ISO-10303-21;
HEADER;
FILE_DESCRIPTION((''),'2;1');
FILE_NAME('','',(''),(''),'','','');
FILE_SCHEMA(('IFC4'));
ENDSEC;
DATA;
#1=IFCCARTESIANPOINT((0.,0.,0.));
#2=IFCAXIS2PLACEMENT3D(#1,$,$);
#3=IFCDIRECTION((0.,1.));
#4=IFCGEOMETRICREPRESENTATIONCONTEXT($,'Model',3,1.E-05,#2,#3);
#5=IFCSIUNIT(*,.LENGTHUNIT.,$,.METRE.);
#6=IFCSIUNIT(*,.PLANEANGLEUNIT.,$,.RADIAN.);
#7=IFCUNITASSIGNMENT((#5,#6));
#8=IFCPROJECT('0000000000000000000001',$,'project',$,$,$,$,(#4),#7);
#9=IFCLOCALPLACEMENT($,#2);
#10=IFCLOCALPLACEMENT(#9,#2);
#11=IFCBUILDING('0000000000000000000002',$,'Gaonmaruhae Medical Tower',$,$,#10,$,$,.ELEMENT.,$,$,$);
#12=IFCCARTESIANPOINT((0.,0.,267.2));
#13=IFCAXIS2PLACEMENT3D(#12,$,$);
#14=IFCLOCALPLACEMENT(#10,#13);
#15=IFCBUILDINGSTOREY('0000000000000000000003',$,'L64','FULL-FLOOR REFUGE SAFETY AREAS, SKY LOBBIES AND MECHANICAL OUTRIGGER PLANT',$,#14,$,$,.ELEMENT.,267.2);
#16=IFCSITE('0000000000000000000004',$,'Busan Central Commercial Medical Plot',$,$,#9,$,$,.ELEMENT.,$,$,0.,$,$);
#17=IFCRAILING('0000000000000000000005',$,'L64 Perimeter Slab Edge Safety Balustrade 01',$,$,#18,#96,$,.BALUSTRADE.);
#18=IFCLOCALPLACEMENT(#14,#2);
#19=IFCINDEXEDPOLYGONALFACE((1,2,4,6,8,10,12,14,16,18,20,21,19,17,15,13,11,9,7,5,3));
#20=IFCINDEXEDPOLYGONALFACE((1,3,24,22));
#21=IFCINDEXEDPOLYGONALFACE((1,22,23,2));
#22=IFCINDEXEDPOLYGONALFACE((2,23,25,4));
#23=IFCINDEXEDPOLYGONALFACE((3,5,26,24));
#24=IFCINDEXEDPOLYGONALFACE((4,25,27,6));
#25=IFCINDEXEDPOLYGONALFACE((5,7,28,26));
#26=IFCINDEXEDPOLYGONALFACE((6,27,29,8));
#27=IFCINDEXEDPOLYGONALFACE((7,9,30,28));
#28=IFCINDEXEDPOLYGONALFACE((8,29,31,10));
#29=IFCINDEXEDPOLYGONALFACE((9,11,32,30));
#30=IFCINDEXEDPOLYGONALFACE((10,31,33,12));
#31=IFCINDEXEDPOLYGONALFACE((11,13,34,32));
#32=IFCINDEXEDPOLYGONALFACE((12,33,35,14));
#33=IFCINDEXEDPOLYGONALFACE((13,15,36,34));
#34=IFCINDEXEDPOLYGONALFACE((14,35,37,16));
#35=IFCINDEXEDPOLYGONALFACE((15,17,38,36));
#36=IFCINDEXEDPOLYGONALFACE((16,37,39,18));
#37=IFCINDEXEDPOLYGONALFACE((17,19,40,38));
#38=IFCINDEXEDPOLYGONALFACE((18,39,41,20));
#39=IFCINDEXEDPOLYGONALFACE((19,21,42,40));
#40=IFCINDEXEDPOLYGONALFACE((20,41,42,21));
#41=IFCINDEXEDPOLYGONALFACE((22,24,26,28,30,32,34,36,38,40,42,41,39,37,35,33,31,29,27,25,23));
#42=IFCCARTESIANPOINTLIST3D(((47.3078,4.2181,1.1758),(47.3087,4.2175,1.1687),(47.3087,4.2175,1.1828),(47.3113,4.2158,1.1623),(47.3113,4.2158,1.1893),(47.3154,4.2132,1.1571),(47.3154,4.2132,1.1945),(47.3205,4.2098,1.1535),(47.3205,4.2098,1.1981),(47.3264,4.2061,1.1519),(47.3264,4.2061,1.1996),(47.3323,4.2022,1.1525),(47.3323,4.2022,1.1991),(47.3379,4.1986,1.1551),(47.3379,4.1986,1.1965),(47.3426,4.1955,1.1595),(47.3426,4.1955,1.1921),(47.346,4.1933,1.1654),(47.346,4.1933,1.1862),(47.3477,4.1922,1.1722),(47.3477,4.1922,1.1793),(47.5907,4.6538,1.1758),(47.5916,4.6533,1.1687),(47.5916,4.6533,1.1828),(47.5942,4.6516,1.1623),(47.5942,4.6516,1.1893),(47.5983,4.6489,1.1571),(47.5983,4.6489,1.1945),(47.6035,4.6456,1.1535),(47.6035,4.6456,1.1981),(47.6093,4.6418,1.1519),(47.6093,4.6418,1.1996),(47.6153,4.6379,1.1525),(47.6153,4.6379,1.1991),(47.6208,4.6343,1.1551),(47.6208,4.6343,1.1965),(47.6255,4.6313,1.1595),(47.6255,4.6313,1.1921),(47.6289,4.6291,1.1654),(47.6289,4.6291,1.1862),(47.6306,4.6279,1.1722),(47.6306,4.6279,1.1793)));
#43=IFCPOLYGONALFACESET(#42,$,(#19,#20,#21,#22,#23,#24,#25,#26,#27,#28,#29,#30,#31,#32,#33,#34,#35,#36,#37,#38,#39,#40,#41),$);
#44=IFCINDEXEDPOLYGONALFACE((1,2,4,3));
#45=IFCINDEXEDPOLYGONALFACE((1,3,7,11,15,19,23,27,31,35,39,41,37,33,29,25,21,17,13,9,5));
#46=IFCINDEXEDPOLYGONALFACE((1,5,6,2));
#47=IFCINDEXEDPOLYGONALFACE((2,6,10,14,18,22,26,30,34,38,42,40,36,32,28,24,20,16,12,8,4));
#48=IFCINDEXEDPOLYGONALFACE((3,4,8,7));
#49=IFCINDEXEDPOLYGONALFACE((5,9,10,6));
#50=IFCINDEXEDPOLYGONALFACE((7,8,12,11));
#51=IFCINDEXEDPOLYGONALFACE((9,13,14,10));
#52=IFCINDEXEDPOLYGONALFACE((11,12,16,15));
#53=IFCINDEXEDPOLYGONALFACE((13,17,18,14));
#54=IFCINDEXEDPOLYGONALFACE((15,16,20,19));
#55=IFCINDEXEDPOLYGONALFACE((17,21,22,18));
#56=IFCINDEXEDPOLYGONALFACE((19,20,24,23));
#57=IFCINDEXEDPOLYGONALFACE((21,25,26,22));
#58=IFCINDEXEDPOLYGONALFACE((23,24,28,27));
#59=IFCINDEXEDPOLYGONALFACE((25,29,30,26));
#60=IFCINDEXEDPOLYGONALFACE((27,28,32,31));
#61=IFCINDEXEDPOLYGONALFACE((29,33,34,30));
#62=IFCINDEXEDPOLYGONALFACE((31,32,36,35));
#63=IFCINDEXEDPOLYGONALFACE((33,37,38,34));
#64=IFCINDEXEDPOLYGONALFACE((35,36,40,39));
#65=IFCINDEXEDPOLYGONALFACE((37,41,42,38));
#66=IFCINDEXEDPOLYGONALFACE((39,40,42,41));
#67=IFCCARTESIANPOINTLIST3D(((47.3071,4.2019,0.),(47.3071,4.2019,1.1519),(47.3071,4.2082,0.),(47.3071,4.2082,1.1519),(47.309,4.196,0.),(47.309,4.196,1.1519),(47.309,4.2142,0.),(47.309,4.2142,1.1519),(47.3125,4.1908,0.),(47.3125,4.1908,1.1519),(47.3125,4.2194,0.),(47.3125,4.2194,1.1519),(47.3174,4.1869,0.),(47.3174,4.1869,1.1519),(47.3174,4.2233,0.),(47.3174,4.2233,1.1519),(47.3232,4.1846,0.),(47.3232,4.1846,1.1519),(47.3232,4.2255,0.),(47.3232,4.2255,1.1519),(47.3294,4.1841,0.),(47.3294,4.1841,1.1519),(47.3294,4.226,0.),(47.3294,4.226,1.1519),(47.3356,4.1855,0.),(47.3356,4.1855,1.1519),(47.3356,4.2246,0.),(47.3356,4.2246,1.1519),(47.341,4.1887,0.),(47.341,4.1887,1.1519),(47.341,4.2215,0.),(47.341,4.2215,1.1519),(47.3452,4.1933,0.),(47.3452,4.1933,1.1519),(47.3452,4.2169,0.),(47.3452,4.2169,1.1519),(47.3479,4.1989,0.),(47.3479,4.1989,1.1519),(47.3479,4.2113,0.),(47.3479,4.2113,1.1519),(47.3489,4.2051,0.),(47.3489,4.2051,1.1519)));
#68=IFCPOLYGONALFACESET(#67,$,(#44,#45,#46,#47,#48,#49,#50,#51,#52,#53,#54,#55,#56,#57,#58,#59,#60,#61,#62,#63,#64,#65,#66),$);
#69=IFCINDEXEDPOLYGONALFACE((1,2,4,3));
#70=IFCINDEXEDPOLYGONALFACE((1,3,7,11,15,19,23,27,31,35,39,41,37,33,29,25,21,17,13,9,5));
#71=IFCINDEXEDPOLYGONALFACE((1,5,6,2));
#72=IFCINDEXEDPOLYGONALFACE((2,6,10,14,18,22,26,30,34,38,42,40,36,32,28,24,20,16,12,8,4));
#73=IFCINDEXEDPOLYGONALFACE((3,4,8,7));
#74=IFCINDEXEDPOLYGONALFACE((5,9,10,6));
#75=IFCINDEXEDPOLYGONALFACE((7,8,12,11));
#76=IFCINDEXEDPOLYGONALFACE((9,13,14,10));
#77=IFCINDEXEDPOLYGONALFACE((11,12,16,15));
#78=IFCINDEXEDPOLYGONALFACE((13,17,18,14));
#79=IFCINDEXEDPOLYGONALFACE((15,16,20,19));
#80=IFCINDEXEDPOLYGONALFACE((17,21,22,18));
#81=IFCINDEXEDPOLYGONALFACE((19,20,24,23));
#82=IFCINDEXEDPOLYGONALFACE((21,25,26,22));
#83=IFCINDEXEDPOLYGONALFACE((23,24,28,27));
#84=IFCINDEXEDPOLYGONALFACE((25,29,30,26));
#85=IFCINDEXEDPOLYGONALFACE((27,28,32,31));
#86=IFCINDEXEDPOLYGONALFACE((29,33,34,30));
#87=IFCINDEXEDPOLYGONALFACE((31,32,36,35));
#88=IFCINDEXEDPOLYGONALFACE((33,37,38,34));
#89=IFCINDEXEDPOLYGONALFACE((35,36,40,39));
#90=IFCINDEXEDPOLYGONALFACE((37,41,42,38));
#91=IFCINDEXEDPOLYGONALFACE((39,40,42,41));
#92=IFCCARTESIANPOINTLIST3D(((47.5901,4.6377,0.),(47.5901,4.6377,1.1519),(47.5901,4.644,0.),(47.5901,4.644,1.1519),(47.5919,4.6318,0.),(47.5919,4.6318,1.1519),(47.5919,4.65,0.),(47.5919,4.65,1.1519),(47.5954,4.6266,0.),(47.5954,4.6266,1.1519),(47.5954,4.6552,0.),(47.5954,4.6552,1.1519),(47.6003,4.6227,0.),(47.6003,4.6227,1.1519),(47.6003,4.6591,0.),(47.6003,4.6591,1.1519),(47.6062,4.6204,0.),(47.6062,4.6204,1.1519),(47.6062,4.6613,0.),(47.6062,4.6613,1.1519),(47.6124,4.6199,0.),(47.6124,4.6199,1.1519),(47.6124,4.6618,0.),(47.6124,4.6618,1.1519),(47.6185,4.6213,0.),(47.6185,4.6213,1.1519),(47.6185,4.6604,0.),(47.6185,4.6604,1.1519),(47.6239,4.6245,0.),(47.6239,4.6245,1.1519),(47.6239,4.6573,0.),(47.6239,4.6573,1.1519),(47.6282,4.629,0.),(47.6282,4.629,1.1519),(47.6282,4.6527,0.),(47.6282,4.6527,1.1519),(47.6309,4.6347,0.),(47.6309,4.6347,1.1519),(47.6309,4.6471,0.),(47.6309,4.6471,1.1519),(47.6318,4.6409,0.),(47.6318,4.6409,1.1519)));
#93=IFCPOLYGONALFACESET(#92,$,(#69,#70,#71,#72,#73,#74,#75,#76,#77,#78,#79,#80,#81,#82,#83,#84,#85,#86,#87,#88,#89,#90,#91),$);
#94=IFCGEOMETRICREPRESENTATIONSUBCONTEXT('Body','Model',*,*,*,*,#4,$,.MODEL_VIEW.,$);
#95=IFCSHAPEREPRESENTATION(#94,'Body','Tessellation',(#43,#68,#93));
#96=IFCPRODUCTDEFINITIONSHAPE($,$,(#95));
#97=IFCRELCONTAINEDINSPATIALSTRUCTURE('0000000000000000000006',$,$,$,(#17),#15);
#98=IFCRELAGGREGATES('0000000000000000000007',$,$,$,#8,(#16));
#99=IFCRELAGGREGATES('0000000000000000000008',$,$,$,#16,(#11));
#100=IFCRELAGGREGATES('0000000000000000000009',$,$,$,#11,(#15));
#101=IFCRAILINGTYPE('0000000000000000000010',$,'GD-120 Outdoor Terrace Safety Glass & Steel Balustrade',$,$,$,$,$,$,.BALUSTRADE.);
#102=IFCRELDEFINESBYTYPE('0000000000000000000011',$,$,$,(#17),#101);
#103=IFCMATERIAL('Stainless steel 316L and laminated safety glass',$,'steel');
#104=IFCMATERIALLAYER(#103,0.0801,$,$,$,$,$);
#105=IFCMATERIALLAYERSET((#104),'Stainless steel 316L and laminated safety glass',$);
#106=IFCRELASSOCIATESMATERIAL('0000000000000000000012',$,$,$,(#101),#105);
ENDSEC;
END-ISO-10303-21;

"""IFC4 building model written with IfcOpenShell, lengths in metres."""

from ifc_helpers import new_model, si_unit, direction, frame, origin, origin_2d, place, context, subcontext, project, spatial, circle, extrude, material, layer, layer_set, type_object, element, save


model = new_model("IFC4")

# Units and contexts
model_context = context("Model", 3, precision=1e-05, world=origin(), true_north=direction((0.0, 1.0)))
body_context = subcontext(model_context, "Body", "Model", "MODEL_VIEW")
ifc_project = project(units=[si_unit("LENGTHUNIT", "METRE"), si_unit("PLANEANGLEUNIT", "RADIAN")], contexts=[model_context])

# Site, building, storey
site_placement = place(None, origin())
site = spatial("IfcSite", under=ifc_project, at=site_placement, Name="Busan Central Commercial Medical Plot", CompositionType="ELEMENT", RefElevation=0.0)
building_placement = place(site_placement, origin())
building = spatial("IfcBuilding", under=site, at=building_placement, Name="Gaonmaruhae Medical Tower", CompositionType="ELEMENT")
storey_placement = place(building_placement, frame((0.0, 0.0, 267.2)))
storey = spatial("IfcBuildingStorey", under=building, at=storey_placement, Name="L64", Description="FULL-FLOOR REFUGE SAFETY AREAS, SKY LOBBIES AND MECHANICAL OUTRIGGER PLANT", CompositionType="ELEMENT", Elevation=267.2)

# Railing
ifc_material_1 = material(Name="Stainless steel 316L and laminated safety glass", Category="steel")
ifc_layer_1 = layer(ifc_material_1, 0.0801)
ifc_layer_set_1 = layer_set([ifc_layer_1], Name="Stainless steel 316L and laminated safety glass")
railing_type = type_object("IfcRailingType", Name="GD-120 Outdoor Terrace Safety Glass & Steel Balustrade", PredefinedType="BALUSTRADE", material=ifc_layer_set_1)
railing_placement = place(storey_placement, frame((47.3279, 4.2051, 0.0)))
element("IfcRailing", 1, at=railing_placement, inside=storey, type_object=railing_type, Name="L64 Perimeter Slab Edge Safety Balustrade 01", PredefinedType="BALUSTRADE", context=body_context, shape_type="SweptSolid", body=[
    extrude(circle(Radius=0.0239, at=origin_2d()), frame((0.0, 0.0, 1.1758), z_axis=(0.544575, 0.838712, 0.0), x_axis=(-0.838712, 0.544575, 0.0)), (0.0, 0.0, 1.0), 0.5195),
    extrude(circle(Radius=0.021, at=origin_2d()), origin(), (0.0, 0.0, 1.0), 1.1519),
    extrude(circle(Radius=0.021, at=origin_2d()), frame((0.283, 0.4358, 0.0)), (0.0, 0.0, 1.0), 1.1519),
])

save(model, "model.ifc")
